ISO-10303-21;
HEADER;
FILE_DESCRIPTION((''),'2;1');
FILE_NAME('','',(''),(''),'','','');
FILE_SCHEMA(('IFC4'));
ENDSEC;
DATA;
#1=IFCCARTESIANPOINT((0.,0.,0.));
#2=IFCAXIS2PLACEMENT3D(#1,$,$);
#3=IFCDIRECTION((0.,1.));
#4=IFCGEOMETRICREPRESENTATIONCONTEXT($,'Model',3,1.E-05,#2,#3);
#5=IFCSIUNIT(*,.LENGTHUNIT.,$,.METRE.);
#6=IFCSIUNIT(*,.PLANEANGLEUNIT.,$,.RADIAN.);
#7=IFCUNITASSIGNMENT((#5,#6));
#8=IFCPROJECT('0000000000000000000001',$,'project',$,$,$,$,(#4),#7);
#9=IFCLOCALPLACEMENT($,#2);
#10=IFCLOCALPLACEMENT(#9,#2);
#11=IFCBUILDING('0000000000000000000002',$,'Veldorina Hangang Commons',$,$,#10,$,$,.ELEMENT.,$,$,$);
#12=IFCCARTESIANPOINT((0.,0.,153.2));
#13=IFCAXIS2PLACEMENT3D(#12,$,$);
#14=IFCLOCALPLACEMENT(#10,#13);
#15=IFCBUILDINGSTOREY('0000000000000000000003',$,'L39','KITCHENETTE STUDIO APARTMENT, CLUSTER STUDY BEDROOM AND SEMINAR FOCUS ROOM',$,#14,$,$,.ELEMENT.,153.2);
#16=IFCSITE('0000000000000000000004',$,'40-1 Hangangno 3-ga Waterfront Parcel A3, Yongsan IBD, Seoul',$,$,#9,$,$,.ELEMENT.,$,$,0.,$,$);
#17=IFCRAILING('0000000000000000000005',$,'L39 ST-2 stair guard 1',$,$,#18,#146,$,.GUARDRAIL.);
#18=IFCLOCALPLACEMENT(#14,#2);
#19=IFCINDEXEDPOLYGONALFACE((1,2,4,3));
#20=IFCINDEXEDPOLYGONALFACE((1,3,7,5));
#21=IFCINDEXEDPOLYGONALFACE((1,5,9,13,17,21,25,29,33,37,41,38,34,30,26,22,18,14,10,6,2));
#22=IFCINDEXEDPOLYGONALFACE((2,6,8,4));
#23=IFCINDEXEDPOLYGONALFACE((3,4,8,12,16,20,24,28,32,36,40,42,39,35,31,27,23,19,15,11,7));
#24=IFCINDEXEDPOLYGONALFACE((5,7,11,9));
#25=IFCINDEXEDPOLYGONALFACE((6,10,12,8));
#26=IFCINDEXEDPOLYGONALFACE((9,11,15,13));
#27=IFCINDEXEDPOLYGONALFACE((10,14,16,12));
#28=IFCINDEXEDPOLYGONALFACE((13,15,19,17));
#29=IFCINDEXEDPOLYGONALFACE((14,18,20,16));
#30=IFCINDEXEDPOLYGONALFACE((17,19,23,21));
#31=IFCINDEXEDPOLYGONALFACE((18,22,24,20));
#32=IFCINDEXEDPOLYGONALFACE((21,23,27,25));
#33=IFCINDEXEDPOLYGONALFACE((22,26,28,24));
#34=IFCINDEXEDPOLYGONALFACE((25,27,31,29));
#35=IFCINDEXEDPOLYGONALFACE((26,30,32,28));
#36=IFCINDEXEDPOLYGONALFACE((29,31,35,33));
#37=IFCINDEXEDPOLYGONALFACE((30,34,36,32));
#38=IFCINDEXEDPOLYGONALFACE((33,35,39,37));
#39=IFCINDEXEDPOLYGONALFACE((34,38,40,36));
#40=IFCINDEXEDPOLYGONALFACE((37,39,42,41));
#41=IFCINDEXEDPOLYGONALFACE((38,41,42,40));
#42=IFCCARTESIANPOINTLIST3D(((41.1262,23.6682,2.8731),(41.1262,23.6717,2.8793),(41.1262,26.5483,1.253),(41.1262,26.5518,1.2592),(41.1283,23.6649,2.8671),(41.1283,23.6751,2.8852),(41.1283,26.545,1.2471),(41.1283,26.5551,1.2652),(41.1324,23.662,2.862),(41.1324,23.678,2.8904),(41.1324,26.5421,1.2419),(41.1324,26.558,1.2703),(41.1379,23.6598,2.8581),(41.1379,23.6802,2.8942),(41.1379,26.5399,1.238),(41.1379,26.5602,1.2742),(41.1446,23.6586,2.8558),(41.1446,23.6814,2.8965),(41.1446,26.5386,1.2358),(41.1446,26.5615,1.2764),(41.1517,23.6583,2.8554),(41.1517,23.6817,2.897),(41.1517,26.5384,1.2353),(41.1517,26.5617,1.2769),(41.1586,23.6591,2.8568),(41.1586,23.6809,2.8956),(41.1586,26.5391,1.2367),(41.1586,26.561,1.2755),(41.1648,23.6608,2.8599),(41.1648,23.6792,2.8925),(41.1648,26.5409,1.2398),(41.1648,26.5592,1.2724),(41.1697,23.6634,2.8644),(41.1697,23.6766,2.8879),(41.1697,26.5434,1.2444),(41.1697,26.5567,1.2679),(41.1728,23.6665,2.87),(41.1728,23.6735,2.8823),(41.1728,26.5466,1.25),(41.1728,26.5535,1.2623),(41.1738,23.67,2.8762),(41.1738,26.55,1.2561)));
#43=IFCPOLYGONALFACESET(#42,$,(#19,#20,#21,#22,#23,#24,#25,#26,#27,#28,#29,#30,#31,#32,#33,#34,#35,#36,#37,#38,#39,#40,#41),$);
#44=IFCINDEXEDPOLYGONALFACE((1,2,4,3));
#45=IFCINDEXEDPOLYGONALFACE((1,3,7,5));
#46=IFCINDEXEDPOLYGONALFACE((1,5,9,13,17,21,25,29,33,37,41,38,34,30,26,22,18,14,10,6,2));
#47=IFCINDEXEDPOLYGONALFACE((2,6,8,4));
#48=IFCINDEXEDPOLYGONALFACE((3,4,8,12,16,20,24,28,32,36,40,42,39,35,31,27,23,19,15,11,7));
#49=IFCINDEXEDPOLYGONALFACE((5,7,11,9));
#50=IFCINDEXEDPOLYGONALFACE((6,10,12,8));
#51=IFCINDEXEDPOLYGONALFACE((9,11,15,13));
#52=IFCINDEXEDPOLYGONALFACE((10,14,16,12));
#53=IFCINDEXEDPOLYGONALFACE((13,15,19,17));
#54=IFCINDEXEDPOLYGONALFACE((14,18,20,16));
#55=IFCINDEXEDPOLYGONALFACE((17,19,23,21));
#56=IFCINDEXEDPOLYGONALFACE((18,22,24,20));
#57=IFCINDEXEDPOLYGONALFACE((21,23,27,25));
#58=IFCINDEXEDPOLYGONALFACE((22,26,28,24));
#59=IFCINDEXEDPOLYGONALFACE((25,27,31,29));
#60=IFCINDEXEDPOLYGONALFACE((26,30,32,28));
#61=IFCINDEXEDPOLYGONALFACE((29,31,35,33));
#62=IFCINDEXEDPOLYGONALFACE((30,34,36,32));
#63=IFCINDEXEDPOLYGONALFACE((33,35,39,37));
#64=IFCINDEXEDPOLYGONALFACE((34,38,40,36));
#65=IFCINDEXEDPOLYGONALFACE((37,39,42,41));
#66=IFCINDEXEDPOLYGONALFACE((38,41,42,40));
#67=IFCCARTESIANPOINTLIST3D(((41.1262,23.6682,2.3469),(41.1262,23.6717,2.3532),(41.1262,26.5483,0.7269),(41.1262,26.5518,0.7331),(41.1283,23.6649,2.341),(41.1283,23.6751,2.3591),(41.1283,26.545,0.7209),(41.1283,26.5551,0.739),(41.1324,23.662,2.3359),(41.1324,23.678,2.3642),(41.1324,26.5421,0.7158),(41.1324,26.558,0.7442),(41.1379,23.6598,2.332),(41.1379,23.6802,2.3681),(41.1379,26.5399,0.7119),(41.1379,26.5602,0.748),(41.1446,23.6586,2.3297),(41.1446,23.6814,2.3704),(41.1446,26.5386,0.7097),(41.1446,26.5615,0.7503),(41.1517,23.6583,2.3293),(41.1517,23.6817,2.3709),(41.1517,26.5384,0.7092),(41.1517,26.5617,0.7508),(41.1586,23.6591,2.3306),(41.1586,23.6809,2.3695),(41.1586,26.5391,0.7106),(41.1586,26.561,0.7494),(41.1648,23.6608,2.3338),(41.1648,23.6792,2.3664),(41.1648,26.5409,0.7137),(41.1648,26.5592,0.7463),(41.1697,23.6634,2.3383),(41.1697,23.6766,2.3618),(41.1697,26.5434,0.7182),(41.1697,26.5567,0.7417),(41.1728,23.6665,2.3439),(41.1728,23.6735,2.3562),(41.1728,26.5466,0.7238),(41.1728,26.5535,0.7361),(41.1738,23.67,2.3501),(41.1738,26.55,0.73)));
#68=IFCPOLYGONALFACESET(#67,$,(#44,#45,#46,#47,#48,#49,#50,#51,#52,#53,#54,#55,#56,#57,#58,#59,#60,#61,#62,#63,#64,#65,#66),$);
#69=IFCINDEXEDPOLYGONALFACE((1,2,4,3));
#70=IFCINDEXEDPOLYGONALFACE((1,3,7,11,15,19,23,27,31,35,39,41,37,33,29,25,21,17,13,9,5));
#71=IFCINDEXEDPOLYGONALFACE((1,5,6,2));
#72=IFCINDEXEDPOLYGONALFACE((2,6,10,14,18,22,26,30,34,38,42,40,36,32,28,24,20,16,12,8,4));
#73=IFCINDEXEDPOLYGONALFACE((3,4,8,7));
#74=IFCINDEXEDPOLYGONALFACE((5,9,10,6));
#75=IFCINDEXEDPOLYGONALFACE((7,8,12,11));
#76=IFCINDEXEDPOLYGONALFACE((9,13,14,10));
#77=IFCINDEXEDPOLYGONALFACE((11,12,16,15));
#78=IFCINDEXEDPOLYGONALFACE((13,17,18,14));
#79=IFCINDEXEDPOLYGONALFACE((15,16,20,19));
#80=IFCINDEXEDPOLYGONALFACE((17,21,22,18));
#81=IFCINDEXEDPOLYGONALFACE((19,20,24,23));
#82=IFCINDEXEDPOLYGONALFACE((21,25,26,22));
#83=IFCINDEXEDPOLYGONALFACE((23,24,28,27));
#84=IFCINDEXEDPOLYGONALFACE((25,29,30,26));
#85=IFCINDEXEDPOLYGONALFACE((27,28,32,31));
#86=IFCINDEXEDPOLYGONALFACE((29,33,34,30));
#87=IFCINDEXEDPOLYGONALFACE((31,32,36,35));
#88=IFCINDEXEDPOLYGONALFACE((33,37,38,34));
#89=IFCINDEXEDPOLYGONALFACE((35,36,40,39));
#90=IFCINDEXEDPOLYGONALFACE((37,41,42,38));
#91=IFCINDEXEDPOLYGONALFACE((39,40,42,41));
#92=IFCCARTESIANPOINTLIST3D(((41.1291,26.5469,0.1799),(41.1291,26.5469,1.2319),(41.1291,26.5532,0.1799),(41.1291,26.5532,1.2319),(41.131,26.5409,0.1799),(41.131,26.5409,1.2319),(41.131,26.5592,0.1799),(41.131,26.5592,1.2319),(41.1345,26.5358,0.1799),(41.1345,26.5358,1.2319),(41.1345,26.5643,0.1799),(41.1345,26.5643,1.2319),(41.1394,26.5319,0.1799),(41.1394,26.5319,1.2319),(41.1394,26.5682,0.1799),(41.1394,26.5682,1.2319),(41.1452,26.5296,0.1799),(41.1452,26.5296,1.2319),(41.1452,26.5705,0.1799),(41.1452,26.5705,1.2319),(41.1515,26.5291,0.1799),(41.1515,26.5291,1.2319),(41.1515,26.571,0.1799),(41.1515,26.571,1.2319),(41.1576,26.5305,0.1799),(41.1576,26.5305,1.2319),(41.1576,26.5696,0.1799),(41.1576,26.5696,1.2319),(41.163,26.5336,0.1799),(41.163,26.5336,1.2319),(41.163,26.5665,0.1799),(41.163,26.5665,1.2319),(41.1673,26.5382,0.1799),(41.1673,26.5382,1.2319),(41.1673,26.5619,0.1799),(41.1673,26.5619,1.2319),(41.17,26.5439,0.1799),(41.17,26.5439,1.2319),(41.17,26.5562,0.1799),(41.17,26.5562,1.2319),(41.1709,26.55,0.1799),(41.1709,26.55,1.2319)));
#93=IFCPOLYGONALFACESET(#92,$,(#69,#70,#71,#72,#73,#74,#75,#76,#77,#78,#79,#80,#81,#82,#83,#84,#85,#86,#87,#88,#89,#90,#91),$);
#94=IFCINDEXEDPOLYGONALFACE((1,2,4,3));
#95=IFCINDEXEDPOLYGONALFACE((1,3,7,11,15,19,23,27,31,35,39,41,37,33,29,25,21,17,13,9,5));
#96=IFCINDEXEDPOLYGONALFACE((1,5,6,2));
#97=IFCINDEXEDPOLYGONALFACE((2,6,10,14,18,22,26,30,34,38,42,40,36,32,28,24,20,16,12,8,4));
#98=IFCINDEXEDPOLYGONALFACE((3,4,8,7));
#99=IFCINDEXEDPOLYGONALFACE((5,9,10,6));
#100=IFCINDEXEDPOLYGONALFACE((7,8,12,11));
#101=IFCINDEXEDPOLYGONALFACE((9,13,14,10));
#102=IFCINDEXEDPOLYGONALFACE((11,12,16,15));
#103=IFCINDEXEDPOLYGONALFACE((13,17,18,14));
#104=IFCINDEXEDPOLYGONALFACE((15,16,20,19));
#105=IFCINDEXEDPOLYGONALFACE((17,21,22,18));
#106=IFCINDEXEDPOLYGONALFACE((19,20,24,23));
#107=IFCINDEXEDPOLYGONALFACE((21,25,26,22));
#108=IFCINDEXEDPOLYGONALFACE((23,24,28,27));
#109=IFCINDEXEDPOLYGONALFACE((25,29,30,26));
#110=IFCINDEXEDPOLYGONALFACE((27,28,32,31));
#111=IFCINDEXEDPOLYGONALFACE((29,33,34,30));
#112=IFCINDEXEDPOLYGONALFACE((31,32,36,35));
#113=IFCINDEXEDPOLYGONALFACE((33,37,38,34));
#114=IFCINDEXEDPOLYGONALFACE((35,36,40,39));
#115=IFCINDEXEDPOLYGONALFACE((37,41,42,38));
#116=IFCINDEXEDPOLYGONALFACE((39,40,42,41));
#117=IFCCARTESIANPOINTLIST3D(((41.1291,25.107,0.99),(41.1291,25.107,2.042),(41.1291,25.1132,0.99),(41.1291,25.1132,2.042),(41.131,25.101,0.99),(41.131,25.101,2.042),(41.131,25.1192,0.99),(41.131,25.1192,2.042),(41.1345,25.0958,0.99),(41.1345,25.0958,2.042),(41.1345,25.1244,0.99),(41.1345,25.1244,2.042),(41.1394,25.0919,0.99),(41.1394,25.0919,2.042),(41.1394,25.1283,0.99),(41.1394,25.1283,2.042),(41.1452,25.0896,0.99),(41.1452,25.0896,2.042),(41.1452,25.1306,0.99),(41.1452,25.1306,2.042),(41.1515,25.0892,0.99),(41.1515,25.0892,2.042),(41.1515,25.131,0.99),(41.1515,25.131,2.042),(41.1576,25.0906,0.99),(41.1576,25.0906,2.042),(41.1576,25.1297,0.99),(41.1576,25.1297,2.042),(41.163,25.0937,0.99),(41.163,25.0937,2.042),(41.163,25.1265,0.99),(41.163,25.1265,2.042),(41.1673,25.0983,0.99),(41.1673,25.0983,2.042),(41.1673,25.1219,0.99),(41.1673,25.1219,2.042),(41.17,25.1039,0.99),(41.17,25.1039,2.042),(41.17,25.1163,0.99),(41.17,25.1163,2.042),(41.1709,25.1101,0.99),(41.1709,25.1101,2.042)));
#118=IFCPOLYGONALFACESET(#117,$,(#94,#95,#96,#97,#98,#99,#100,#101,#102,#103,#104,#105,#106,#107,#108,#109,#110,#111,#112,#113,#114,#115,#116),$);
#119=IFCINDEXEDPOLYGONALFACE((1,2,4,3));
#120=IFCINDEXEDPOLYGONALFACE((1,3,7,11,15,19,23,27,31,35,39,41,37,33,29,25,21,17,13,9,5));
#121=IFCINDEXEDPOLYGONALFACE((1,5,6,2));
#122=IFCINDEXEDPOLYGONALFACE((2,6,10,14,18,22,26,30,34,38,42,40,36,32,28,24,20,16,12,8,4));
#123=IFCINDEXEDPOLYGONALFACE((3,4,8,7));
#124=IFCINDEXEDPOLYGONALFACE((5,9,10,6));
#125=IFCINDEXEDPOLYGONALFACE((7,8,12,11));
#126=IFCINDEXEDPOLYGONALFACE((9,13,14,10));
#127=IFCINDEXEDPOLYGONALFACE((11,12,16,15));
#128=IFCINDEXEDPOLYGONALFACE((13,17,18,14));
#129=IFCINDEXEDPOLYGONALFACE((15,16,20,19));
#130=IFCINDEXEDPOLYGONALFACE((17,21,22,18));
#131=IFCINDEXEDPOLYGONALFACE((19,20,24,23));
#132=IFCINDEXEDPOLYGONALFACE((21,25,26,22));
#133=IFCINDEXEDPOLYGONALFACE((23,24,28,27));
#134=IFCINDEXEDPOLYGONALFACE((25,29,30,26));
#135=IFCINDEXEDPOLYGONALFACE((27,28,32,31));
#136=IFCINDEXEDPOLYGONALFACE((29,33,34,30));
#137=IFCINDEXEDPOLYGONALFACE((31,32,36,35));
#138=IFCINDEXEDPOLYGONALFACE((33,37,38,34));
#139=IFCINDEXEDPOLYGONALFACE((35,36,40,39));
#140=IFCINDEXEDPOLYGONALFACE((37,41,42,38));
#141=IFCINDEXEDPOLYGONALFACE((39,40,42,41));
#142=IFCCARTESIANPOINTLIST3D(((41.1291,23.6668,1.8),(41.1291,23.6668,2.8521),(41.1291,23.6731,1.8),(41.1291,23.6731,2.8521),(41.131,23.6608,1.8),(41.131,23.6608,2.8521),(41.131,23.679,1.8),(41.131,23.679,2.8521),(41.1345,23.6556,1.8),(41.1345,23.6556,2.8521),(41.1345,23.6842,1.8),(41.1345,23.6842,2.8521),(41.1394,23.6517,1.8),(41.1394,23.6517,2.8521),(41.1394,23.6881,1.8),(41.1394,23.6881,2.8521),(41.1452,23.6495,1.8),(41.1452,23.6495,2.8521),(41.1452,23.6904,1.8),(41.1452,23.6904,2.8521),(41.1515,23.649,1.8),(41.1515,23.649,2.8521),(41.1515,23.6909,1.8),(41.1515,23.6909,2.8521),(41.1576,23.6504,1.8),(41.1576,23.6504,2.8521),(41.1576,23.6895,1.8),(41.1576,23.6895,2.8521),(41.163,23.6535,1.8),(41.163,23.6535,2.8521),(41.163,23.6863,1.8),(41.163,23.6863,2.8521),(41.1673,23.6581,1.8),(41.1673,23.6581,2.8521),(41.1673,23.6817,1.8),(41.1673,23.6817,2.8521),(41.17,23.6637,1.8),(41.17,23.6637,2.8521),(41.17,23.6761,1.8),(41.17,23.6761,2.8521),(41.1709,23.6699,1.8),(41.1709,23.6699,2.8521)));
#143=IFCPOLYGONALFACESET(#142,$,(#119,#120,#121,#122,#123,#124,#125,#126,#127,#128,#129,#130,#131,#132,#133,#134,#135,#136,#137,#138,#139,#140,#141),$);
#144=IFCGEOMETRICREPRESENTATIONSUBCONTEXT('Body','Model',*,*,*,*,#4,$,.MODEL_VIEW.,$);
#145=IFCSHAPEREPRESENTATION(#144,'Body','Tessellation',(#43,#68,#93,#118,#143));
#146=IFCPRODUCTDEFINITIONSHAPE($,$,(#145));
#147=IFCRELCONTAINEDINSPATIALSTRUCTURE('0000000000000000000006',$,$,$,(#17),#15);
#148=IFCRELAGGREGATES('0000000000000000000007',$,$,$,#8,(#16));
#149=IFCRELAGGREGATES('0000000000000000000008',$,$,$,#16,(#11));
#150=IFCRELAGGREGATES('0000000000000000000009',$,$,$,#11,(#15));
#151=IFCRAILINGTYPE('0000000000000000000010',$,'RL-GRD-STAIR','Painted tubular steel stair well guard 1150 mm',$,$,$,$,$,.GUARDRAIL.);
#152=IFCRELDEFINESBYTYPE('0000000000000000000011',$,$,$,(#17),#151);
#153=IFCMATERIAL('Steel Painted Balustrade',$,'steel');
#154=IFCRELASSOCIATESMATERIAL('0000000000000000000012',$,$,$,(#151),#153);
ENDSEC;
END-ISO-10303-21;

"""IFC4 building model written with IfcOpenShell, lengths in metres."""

from ifc_helpers import new_model, si_unit, direction, frame, origin, origin_2d, place, context, subcontext, project, spatial, circle, extrude, material, type_object, element, save


model = new_model("IFC4")

# Units and contexts
model_context = context("Model", 3, precision=1e-05, world=origin(), true_north=direction((0.0, 1.0)))
body_context = subcontext(model_context, "Body", "Model", "MODEL_VIEW")
ifc_project = project(units=[si_unit("LENGTHUNIT", "METRE"), si_unit("PLANEANGLEUNIT", "RADIAN")], contexts=[model_context])

# Site, building, storey
site_placement = place(None, origin())
site = spatial("IfcSite", under=ifc_project, at=site_placement, Name="40-1 Hangangno 3-ga Waterfront Parcel A3, Yongsan IBD, Seoul", CompositionType="ELEMENT", RefElevation=0.0)
building_placement = place(site_placement, origin())
building = spatial("IfcBuilding", under=site, at=building_placement, Name="Veldorina Hangang Commons", CompositionType="ELEMENT")
storey_placement = place(building_placement, frame((0.0, 0.0, 153.2)))
storey = spatial("IfcBuildingStorey", under=building, at=storey_placement, Name="L39", Description="KITCHENETTE STUDIO APARTMENT, CLUSTER STUDY BEDROOM AND SEMINAR FOCUS ROOM", CompositionType="ELEMENT", Elevation=153.2)

# Railing
ifc_material_1 = material(Name="Steel Painted Balustrade", Category="steel")
railing_type_1 = type_object("IfcRailingType", Name="RL-GRD-STAIR", Description="Painted tubular steel stair well guard 1150 mm", PredefinedType="GUARDRAIL", material=ifc_material_1)
railing_1_placement = place(storey_placement, frame((41.1499, 26.55, 0.1799)))
element("IfcRailing", 1, at=railing_1_placement, inside=storey, type_object=railing_type_1, Name="L39 ST-2 stair guard 1", PredefinedType="GUARDRAIL", context=body_context, shape_type="SweptSolid", body=[
    extrude(circle(Radius=0.0239, at=origin_2d()), frame((0.0, 0.0, 1.0762), z_axis=(0.0, -0.87157, 0.490272), x_axis=(1.0, 0.0, 0.0)), (0.0, 0.0, 1.0), 3.3044),
    extrude(circle(Radius=0.0239, at=origin_2d()), frame((0.0, 0.0, 0.55), z_axis=(0.0, -0.87157, 0.490272), x_axis=(1.0, 0.0, 0.0)), (0.0, 0.0, 1.0), 3.3044),
    extrude(circle(Radius=0.021, at=origin_2d()), origin(), (0.0, 0.0, 1.0), 1.052),
    extrude(circle(Radius=0.021, at=origin_2d()), frame((0.0, -1.4399, 0.8101)), (0.0, 0.0, 1.0), 1.052),
    extrude(circle(Radius=0.021, at=origin_2d()), frame((0.0, -2.8801, 1.6201)), (0.0, 0.0, 1.0), 1.052),
])

save(model, "model.ifc")
